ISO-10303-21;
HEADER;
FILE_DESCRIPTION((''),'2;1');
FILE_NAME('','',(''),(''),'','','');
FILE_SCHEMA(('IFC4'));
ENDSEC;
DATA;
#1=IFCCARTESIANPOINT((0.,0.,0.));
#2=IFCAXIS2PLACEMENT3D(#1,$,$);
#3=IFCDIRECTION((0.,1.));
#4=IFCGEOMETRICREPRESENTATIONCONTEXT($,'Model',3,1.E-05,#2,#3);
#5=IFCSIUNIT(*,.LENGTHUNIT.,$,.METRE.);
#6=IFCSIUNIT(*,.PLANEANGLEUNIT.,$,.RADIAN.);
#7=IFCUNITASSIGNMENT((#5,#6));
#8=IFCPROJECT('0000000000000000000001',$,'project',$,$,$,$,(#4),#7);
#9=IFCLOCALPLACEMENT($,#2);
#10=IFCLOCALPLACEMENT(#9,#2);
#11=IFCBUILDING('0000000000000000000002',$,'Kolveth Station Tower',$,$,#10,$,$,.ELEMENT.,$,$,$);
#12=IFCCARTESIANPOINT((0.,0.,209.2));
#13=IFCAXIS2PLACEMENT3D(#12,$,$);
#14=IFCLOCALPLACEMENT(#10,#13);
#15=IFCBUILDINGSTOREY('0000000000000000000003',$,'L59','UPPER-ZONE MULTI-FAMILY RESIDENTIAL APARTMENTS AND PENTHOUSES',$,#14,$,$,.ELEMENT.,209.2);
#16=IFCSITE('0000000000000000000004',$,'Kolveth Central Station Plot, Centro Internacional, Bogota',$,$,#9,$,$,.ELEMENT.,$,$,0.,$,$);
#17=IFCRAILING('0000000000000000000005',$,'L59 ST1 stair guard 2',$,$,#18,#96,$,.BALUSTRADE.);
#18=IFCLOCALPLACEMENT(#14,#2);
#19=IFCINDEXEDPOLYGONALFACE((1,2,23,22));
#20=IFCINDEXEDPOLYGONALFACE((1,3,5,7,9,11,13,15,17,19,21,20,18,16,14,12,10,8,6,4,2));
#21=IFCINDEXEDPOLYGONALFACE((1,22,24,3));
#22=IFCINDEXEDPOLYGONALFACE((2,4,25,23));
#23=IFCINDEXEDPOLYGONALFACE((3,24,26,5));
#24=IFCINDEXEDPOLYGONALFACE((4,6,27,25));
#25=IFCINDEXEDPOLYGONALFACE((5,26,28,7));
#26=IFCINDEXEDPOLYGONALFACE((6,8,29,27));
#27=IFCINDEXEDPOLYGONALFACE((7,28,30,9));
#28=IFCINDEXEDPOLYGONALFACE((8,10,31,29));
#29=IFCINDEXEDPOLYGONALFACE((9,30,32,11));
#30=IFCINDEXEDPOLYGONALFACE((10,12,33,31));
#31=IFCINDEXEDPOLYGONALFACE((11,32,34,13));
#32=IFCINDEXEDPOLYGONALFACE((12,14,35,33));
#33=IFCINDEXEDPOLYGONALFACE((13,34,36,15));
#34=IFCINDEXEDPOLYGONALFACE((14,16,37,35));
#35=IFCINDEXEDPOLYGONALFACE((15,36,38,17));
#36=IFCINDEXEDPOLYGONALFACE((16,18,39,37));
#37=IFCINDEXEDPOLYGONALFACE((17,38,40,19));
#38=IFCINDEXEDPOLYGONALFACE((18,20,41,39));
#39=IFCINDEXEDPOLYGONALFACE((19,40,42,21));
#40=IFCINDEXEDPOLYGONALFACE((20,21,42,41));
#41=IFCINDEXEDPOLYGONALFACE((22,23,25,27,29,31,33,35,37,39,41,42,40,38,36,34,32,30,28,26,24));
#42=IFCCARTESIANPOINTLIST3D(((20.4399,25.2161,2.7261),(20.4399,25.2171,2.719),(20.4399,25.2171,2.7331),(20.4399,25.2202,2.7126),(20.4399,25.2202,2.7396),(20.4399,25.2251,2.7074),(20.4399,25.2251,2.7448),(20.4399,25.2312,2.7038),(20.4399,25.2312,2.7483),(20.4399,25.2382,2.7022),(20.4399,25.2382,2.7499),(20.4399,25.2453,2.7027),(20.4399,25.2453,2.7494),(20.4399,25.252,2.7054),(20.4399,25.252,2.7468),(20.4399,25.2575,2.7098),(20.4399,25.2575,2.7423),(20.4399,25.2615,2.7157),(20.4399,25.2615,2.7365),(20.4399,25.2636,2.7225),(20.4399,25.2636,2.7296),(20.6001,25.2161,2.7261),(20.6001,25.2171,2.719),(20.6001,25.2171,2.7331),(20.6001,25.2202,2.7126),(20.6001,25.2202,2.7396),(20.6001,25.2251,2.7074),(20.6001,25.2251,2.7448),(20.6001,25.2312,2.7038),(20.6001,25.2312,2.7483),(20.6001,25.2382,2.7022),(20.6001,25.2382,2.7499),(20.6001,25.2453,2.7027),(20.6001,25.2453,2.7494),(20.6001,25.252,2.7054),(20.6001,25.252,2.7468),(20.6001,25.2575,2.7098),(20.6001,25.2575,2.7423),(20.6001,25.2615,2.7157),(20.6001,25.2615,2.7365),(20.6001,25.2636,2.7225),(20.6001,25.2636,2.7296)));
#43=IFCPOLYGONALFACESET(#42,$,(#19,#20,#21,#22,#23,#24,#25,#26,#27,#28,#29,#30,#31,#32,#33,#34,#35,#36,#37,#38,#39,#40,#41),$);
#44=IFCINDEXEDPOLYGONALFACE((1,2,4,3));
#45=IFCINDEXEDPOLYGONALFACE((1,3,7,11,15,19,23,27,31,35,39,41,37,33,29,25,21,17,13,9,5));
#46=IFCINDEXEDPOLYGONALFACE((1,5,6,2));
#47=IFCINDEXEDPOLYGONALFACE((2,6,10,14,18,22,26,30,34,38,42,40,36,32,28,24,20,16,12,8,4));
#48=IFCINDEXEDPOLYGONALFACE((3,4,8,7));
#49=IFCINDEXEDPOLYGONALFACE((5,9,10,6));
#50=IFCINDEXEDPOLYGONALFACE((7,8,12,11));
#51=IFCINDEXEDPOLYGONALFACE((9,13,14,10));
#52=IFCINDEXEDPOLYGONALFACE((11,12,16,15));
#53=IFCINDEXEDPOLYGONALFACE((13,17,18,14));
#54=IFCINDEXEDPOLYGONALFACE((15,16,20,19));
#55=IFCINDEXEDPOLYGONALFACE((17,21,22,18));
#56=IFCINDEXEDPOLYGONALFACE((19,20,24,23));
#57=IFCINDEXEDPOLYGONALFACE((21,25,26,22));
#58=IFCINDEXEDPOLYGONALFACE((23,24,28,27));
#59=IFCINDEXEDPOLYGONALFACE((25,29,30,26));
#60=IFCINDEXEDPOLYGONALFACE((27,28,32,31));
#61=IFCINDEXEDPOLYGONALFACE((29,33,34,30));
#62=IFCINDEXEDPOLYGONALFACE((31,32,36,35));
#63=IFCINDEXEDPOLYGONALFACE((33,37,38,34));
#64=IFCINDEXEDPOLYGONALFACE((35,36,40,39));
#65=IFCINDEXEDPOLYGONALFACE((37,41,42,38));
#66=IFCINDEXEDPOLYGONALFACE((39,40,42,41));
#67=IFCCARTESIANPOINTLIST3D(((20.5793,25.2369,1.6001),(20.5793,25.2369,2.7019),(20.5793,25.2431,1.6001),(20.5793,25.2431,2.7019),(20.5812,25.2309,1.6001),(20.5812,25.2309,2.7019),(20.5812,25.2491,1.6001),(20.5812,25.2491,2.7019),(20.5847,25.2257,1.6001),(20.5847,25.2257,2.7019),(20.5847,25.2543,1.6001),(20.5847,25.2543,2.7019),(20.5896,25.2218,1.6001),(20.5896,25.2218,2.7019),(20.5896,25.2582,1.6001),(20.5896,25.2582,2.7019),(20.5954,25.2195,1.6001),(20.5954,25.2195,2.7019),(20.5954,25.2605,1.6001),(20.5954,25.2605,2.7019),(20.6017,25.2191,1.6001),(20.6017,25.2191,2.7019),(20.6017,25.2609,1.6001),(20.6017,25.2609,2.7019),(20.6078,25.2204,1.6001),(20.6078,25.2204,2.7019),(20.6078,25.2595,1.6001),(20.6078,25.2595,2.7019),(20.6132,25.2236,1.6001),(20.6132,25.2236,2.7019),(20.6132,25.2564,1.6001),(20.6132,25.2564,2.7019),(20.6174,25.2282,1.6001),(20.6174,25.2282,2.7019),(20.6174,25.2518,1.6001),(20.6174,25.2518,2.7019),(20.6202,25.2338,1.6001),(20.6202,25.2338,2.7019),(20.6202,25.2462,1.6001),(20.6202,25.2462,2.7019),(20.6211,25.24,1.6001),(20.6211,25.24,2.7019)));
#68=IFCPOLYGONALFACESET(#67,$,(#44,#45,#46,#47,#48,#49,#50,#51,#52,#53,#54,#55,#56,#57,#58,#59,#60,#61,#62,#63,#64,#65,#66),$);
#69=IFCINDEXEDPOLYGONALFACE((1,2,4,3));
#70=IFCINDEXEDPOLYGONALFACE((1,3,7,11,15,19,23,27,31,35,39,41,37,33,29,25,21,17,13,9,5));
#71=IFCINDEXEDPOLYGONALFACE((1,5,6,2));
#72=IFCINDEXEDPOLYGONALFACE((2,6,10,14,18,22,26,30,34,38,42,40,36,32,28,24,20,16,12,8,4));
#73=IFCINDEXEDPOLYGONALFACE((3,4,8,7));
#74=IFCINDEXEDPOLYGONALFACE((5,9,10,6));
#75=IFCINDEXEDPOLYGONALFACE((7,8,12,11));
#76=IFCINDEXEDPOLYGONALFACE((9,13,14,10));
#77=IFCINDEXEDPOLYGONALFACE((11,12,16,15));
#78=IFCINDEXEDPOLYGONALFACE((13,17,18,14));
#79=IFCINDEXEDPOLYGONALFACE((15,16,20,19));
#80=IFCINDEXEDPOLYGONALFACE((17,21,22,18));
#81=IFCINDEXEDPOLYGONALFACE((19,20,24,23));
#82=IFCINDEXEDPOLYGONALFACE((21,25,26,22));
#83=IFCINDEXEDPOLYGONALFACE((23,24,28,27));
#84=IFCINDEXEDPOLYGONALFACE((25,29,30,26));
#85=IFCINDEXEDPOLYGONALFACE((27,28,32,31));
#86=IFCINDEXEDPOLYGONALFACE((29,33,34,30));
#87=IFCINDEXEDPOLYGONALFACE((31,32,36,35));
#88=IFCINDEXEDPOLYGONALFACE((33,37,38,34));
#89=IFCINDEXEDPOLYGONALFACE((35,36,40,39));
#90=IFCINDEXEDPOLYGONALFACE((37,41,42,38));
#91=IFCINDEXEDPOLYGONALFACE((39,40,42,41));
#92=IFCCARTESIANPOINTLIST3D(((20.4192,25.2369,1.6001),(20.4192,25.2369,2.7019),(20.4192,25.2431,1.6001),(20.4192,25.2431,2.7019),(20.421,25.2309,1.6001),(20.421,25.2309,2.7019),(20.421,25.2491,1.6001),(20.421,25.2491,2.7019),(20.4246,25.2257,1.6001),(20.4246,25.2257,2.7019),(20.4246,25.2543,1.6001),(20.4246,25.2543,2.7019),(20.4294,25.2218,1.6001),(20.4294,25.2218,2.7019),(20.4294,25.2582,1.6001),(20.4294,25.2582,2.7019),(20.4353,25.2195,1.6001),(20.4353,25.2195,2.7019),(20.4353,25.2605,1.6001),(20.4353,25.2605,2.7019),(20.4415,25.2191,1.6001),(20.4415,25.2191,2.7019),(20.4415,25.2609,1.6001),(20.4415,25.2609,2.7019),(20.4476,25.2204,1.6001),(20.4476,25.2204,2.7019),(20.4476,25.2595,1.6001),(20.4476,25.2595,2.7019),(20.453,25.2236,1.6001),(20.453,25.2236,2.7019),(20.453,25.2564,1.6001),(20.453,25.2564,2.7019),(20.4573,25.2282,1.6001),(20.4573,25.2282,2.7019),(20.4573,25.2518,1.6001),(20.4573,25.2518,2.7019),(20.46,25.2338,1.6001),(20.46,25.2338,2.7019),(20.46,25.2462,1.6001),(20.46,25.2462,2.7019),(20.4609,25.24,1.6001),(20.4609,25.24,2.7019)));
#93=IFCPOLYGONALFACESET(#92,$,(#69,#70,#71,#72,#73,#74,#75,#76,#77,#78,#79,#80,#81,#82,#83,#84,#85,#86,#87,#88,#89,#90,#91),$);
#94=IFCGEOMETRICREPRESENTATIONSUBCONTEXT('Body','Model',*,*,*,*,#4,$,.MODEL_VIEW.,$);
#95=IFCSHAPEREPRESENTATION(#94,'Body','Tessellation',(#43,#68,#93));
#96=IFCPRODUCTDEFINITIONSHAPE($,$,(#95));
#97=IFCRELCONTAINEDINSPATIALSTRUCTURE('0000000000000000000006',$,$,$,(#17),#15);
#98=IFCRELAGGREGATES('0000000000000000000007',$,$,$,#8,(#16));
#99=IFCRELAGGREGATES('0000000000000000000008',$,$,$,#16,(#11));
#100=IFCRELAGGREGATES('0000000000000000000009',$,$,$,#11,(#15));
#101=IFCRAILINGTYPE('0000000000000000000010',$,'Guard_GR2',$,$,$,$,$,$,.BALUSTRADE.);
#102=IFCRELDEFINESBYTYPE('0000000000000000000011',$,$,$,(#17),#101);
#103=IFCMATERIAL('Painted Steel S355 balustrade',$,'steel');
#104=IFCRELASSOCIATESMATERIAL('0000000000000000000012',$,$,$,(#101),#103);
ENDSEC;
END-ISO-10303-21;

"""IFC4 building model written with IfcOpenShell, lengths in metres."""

from ifc_helpers import new_model, si_unit, direction, frame, origin, origin_2d, place, context, subcontext, project, spatial, circle, extrude, material, type_object, element, save


model = new_model("IFC4")

# Units and contexts
model_context = context("Model", 3, precision=1e-05, world=origin(), true_north=direction((0.0, 1.0)))
body_context = subcontext(model_context, "Body", "Model", "MODEL_VIEW")
ifc_project = project(units=[si_unit("LENGTHUNIT", "METRE"), si_unit("PLANEANGLEUNIT", "RADIAN")], contexts=[model_context])

# Site, building, storey
site_placement = place(None, origin())
site = spatial("IfcSite", under=ifc_project, at=site_placement, Name="Kolveth Central Station Plot, Centro Internacional, Bogota", CompositionType="ELEMENT", RefElevation=0.0)
building_placement = place(site_placement, origin())
building = spatial("IfcBuilding", under=site, at=building_placement, Name="Kolveth Station Tower", CompositionType="ELEMENT")
storey_placement = place(building_placement, frame((0.0, 0.0, 209.2)))
storey = spatial("IfcBuildingStorey", under=building, at=storey_placement, Name="L59", Description="UPPER-ZONE MULTI-FAMILY RESIDENTIAL APARTMENTS AND PENTHOUSES", CompositionType="ELEMENT", Elevation=209.2)

# Railing
ifc_material_1 = material(Name="Painted Steel S355 balustrade", Category="steel")
railing_type_1 = type_object("IfcRailingType", Name="Guard_GR2", PredefinedType="BALUSTRADE", material=ifc_material_1)
railing_1_placement = place(storey_placement, frame((20.6001, 25.24, 1.6001)))
element("IfcRailing", 1, at=railing_1_placement, inside=storey, type_object=railing_type_1, Name="L59 ST1 stair guard 2", PredefinedType="BALUSTRADE", context=body_context, shape_type="SweptSolid", body=[
    extrude(circle(Radius=0.0239, at=origin_2d()), frame((0.0, 0.0, 1.126), z_axis=(-1.0, 0.0, 0.0), x_axis=(0.0, -1.0, 0.0)), (0.0, 0.0, 1.0), 0.1602),
    extrude(circle(Radius=0.021, at=origin_2d()), origin(), (0.0, 0.0, 1.0), 1.1018),
    extrude(circle(Radius=0.021, at=origin_2d()), frame((-0.1602, 0.0, 0.0)), (0.0, 0.0, 1.0), 1.1018),
])

save(model, "model.ifc")
